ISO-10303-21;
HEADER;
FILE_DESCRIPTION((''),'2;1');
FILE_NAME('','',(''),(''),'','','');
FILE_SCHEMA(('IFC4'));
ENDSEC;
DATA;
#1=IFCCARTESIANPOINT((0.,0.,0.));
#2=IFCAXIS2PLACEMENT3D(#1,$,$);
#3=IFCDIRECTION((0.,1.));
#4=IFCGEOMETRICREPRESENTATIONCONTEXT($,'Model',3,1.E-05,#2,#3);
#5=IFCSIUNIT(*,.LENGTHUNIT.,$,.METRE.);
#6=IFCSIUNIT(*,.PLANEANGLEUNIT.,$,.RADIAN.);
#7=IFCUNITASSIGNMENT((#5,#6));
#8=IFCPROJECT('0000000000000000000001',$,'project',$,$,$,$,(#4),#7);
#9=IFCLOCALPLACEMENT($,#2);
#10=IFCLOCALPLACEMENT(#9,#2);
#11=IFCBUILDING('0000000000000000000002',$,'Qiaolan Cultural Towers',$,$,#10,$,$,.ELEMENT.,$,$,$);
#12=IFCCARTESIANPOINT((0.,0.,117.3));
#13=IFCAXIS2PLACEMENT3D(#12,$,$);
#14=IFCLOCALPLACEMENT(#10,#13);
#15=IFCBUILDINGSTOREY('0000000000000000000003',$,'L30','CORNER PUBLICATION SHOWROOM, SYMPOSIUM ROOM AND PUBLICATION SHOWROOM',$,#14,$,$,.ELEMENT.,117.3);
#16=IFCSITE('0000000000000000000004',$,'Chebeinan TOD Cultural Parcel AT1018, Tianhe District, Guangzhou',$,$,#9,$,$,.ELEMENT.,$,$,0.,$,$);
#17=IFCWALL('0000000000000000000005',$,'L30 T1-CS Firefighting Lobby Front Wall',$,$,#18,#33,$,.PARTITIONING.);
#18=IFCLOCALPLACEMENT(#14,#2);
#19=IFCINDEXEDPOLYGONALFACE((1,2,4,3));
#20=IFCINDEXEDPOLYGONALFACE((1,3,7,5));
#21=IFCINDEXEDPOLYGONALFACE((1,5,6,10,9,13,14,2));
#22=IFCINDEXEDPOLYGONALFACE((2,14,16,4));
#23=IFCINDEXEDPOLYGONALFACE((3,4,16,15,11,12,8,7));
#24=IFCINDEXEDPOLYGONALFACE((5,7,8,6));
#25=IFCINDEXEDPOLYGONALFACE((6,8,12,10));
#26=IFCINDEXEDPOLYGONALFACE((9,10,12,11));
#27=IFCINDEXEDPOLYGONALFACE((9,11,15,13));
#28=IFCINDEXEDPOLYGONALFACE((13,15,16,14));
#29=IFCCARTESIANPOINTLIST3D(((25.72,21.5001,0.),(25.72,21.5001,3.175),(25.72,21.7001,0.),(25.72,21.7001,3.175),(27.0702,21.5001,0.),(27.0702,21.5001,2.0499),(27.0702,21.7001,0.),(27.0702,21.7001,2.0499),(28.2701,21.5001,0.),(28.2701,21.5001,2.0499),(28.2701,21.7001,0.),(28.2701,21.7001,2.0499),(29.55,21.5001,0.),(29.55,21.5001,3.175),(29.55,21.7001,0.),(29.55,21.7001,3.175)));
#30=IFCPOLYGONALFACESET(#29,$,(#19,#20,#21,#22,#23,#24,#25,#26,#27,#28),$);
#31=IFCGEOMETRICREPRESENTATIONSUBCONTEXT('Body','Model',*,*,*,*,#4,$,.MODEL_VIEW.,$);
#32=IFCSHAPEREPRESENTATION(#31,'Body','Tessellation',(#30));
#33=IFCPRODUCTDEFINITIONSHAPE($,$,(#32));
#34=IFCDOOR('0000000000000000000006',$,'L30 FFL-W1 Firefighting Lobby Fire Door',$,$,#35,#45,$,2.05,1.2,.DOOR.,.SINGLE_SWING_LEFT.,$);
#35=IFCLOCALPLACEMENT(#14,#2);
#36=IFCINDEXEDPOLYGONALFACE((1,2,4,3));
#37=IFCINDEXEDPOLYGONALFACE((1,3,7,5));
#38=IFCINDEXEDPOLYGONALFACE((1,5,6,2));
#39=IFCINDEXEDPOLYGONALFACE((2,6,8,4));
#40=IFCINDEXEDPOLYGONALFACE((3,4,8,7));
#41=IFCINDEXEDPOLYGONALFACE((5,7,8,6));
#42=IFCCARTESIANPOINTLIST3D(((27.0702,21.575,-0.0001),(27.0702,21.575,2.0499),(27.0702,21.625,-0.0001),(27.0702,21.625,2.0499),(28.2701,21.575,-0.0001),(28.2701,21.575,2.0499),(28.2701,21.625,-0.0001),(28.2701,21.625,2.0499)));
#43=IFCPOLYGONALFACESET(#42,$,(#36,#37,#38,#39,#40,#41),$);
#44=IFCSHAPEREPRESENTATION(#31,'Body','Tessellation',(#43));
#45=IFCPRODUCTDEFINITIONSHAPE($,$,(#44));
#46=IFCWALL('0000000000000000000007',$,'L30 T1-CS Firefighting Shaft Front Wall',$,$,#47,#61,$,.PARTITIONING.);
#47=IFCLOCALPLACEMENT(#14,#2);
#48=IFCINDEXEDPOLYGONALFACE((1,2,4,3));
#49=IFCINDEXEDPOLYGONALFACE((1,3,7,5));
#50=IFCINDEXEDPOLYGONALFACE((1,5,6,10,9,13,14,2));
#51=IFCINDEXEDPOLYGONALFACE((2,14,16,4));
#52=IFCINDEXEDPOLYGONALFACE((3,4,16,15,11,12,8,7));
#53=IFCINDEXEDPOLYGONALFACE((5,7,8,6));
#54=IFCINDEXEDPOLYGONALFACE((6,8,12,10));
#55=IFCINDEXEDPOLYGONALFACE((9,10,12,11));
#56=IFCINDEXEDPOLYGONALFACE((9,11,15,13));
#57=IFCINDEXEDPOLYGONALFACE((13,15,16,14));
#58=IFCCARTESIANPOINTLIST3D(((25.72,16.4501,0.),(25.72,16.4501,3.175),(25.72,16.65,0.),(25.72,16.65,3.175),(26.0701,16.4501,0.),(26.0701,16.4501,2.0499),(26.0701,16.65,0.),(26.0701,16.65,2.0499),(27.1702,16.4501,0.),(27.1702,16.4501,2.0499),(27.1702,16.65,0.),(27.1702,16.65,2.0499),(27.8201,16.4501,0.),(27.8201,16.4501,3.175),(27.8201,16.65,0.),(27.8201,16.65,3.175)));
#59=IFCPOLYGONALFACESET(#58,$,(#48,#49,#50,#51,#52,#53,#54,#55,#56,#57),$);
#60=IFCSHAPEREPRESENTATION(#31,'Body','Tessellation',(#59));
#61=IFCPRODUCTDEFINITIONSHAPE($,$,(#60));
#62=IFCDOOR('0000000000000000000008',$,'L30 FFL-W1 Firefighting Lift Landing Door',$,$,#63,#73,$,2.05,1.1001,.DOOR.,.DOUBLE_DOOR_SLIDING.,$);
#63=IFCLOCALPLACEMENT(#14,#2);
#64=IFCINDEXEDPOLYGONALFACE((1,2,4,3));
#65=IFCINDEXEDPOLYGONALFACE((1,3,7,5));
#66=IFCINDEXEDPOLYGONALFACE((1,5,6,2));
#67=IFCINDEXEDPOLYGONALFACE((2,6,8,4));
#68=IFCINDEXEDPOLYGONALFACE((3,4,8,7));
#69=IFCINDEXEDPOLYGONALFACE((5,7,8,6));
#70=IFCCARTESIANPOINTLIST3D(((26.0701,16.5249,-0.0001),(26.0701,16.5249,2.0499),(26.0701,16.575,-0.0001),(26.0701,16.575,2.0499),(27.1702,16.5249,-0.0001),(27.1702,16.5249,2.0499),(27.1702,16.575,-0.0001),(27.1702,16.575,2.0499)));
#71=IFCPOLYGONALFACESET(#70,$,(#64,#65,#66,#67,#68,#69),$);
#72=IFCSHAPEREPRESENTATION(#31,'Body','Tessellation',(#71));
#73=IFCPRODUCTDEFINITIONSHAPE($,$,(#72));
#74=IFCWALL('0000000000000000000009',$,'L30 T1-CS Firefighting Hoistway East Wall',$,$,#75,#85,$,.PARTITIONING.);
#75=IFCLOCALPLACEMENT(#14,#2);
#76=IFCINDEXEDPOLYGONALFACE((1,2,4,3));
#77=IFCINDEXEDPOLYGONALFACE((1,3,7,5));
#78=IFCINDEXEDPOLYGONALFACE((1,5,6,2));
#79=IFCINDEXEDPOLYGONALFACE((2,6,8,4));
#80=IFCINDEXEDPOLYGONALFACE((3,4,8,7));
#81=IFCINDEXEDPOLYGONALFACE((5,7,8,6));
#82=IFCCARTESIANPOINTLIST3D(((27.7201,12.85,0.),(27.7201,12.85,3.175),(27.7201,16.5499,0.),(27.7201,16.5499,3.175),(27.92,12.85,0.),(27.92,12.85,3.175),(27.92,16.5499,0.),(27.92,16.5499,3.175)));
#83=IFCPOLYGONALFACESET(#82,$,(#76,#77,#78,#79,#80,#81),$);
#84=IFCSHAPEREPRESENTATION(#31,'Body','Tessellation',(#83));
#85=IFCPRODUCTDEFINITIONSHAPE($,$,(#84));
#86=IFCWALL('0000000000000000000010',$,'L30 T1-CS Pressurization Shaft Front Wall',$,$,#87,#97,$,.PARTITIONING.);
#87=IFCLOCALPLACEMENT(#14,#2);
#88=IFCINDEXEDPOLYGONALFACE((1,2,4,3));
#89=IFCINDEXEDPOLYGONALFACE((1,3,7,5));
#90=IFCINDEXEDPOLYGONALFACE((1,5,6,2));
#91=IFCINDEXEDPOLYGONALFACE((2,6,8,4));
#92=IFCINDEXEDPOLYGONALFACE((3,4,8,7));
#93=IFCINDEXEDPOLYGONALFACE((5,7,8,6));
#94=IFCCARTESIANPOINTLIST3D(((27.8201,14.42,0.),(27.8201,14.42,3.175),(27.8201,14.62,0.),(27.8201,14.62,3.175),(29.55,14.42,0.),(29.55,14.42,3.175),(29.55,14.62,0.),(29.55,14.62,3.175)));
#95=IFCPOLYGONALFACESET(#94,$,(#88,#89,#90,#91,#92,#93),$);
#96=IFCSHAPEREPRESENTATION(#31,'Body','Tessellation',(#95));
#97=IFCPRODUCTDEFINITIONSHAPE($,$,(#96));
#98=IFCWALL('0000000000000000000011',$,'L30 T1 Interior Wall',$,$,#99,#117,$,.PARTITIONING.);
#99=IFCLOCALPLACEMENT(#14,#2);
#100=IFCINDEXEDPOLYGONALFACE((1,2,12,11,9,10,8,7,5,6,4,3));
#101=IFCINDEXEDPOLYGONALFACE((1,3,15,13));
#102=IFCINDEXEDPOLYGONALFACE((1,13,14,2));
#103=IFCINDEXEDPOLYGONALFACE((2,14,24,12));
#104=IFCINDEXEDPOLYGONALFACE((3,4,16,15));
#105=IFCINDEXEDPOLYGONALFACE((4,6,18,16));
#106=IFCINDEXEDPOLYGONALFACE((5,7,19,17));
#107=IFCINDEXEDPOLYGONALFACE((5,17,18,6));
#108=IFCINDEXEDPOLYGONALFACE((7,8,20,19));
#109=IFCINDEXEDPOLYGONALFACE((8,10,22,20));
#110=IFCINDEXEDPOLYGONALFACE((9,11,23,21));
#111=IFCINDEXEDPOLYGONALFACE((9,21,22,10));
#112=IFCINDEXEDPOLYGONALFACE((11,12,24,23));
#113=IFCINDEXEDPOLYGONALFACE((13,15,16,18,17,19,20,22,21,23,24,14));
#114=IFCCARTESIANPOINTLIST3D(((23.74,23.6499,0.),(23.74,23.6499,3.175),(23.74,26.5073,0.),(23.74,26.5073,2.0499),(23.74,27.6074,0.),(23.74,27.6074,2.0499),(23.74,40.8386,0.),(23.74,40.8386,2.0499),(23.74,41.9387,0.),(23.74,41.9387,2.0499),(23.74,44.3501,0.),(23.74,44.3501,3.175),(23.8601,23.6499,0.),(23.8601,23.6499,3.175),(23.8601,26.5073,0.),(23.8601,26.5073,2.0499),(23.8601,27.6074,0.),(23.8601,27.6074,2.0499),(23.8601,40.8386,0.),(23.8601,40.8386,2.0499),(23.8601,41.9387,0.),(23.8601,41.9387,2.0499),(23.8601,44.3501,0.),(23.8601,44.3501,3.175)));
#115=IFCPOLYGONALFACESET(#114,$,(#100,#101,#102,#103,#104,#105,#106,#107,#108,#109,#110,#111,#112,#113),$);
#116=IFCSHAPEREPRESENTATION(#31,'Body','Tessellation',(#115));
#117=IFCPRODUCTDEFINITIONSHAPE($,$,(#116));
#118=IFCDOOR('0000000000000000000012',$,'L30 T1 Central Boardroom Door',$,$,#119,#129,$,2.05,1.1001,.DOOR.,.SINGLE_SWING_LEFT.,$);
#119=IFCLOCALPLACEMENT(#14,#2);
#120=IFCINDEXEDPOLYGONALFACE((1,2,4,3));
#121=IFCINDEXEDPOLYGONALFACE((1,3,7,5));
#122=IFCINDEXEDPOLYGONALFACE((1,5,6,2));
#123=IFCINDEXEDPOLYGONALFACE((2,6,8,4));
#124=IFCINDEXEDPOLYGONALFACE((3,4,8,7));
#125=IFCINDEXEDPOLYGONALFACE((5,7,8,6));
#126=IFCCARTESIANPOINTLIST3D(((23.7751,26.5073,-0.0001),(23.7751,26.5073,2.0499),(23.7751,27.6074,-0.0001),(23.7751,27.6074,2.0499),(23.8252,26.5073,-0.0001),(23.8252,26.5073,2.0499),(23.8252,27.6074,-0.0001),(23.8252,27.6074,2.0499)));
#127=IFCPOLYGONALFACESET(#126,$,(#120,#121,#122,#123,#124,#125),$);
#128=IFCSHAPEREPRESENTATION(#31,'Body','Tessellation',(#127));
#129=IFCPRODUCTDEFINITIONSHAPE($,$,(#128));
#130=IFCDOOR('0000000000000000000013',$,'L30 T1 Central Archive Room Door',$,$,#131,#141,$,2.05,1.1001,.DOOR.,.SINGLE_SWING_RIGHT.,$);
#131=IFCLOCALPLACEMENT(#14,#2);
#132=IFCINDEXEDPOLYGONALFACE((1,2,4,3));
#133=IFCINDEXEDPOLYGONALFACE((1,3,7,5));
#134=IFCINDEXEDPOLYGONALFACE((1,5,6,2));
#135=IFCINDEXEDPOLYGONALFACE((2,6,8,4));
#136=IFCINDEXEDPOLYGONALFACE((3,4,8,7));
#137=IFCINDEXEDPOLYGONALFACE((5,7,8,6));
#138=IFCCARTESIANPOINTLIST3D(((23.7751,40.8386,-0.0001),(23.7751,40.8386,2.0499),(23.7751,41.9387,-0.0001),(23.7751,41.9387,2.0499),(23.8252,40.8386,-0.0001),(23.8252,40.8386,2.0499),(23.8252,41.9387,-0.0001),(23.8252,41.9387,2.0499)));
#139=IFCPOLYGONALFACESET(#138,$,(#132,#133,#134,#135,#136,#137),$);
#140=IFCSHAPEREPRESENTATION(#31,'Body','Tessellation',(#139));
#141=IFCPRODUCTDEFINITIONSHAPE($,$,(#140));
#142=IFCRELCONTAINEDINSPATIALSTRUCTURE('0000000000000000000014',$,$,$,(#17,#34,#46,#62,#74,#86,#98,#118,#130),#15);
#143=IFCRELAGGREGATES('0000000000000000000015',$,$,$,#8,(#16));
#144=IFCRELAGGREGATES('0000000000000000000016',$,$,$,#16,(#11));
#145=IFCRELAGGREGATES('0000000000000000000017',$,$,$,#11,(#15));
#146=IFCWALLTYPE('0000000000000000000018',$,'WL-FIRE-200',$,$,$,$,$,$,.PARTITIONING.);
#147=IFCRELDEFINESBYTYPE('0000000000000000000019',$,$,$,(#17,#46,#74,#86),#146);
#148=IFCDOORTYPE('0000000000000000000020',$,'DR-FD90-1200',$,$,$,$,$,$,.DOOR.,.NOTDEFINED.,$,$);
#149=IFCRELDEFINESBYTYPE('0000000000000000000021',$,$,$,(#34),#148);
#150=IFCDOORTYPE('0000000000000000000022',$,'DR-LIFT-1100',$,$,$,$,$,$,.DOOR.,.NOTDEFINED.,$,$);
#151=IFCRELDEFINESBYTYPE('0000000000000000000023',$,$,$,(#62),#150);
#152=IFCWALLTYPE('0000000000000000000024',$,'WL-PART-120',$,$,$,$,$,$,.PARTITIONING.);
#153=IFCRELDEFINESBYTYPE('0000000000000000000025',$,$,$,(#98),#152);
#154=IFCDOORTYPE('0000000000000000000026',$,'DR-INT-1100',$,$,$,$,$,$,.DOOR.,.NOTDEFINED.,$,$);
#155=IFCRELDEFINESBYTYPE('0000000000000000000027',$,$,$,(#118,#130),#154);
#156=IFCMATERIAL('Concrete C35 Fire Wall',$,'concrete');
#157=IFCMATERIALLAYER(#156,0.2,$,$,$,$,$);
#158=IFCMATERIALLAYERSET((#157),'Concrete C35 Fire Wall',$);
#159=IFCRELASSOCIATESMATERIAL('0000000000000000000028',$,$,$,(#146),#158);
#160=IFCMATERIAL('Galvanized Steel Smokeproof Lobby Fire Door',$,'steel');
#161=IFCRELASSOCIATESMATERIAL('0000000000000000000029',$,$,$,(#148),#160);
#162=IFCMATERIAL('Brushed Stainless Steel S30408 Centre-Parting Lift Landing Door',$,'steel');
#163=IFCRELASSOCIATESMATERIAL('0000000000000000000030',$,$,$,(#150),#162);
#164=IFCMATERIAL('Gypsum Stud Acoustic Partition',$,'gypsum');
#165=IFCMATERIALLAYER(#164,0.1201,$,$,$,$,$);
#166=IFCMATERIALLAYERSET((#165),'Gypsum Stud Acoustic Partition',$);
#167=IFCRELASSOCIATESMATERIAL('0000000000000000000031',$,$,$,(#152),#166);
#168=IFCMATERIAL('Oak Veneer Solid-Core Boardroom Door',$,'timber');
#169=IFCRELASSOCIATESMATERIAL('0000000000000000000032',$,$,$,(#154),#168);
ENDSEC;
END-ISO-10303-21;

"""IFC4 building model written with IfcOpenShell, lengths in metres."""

from ifc_helpers import new_model, si_unit, direction, frame, frame_2d, origin, place, context, subcontext, project, spatial, rectangle, extrude, material, layer, layer_set, type_object, element, fill, save


model = new_model("IFC4")

# Units and contexts
model_context = context("Model", 3, precision=1e-05, world=origin(), true_north=direction((0.0, 1.0)))
body_context = subcontext(model_context, "Body", "Model", "MODEL_VIEW")
ifc_project = project(units=[si_unit("LENGTHUNIT", "METRE"), si_unit("PLANEANGLEUNIT", "RADIAN")], contexts=[model_context])

# Site, building, storey
site_placement = place(None, origin())
site = spatial("IfcSite", under=ifc_project, at=site_placement, Name="Chebeinan TOD Cultural Parcel AT1018, Tianhe District, Guangzhou", CompositionType="ELEMENT", RefElevation=0.0)
building_placement = place(site_placement, origin())
building = spatial("IfcBuilding", under=site, at=building_placement, Name="Qiaolan Cultural Towers", CompositionType="ELEMENT")
storey_placement = place(building_placement, frame((0.0, 0.0, 117.3)))
storey = spatial("IfcBuildingStorey", under=building, at=storey_placement, Name="L30", Description="CORNER PUBLICATION SHOWROOM, SYMPOSIUM ROOM AND PUBLICATION SHOWROOM", CompositionType="ELEMENT", Elevation=117.3)

# Shared definitions
ifc_material_1 = material(Name="Concrete C35 Fire Wall", Category="concrete")
ifc_layer_1 = layer(ifc_material_1, 0.2)
ifc_layer_set_1 = layer_set([ifc_layer_1], Name="Concrete C35 Fire Wall")
wall_type_1 = type_object("IfcWallType", Name="WL-FIRE-200", PredefinedType="PARTITIONING", material=ifc_layer_set_1)

# Walls, openings, doors
wall_1_placement = place(storey_placement, frame((25.72, 21.6001, 0.0), z_axis=(0.0, 0.0, 1.0), x_axis=(1.0, 0.0, 0.0)))
wall_1 = element("IfcWall", 1, at=wall_1_placement, inside=storey, type_object=wall_type_1, Name="L30 T1-CS Firefighting Lobby Front Wall", PredefinedType="PARTITIONING", context=body_context, shape_type="SweptSolid", body=[
    extrude(rectangle(XDim=3.8301, YDim=0.2, at=frame_2d((1.915, 0.0))), origin(), (0.0, 0.0, 1.0), 3.175),
])
opening_1_placement = place(wall_1_placement, frame((1.3501, 0.0, 0.0)))
opening_1 = element("IfcOpeningElement", 2, at=opening_1_placement, cuts=wall_1, PredefinedType="OPENING", context=body_context, shape_type="SweptSolid", body=[
    extrude(rectangle(XDim=1.2, YDim=2.05, at=frame_2d((0.6001, 1.0249))), frame((0.0, 0.1099, 0.0), z_axis=(0.0, -1.0, 0.0), x_axis=(1.0, 0.0, 0.0)), (0.0, 0.0, 1.0), 0.22),
])
ifc_material_2 = material(Name="Galvanized Steel Smokeproof Lobby Fire Door", Category="steel")
door_type_1 = type_object("IfcDoorType", Name="DR-FD90-1200", OperationType="NOTDEFINED", PredefinedType="DOOR", material=ifc_material_2)
door_1_placement = place(opening_1_placement, origin())
door_1 = element("IfcDoor", 3, at=door_1_placement, inside=storey, type_object=door_type_1, Name="L30 FFL-W1 Firefighting Lobby Fire Door", OperationType="SINGLE_SWING_LEFT", OverallHeight=2.05, OverallWidth=1.2, PredefinedType="DOOR", context=body_context, shape_type="SweptSolid", body=[
    extrude(rectangle(XDim=1.2, YDim=2.05, at=frame_2d((0.6001, 1.0249))), frame((0.0, 0.0249, 0.0), z_axis=(0.0, -1.0, 0.0), x_axis=(1.0, 0.0, 0.0)), (0.0, 0.0, 1.0), 0.05),
])
fill(opening_1, door_1)
wall_2_placement = place(storey_placement, frame((25.72, 16.55, 0.0), z_axis=(0.0, 0.0, 1.0), x_axis=(1.0, 0.0, 0.0)))
wall_2 = element("IfcWall", 4, at=wall_2_placement, inside=storey, type_object=wall_type_1, Name="L30 T1-CS Firefighting Shaft Front Wall", PredefinedType="PARTITIONING", context=body_context, shape_type="SweptSolid", body=[
    extrude(rectangle(XDim=2.1001, YDim=0.2, at=frame_2d((1.05, 0.0))), origin(), (0.0, 0.0, 1.0), 3.175),
])
opening_2_placement = place(wall_2_placement, frame((0.3501, 0.0, 0.0)))
opening_2 = element("IfcOpeningElement", 5, at=opening_2_placement, cuts=wall_2, PredefinedType="OPENING", context=body_context, shape_type="SweptSolid", body=[
    extrude(rectangle(XDim=1.1001, YDim=2.05, at=frame_2d((0.55, 1.0249))), frame((0.0, 0.1099, 0.0), z_axis=(0.0, -1.0, 0.0), x_axis=(1.0, 0.0, 0.0)), (0.0, 0.0, 1.0), 0.22),
])
ifc_material_3 = material(Name="Brushed Stainless Steel S30408 Centre-Parting Lift Landing Door", Category="steel")
door_type_2 = type_object("IfcDoorType", Name="DR-LIFT-1100", OperationType="NOTDEFINED", PredefinedType="DOOR", material=ifc_material_3)
door_2_placement = place(opening_2_placement, origin())
door_2 = element("IfcDoor", 6, at=door_2_placement, inside=storey, type_object=door_type_2, Name="L30 FFL-W1 Firefighting Lift Landing Door", OperationType="DOUBLE_DOOR_SLIDING", OverallHeight=2.05, OverallWidth=1.1001, PredefinedType="DOOR", context=body_context, shape_type="SweptSolid", body=[
    extrude(rectangle(XDim=1.1001, YDim=2.05, at=frame_2d((0.55, 1.0249))), frame((0.0, 0.0249, 0.0), z_axis=(0.0, -1.0, 0.0), x_axis=(1.0, 0.0, 0.0)), (0.0, 0.0, 1.0), 0.05),
])
fill(opening_2, door_2)

# Walls
wall_3_placement = place(storey_placement, frame((27.8201, 16.55, 0.0), z_axis=(0.0, 0.0, 1.0), x_axis=(0.0, -1.0, 0.0)))
element("IfcWall", 7, at=wall_3_placement, inside=storey, type_object=wall_type_1, Name="L30 T1-CS Firefighting Hoistway East Wall", PredefinedType="PARTITIONING", context=body_context, shape_type="SweptSolid", body=[
    extrude(rectangle(XDim=3.7, YDim=0.2, at=frame_2d((1.8501, 0.0))), origin(), (0.0, 0.0, 1.0), 3.175),
])
wall_4_placement = place(storey_placement, frame((27.8201, 14.52, 0.0), z_axis=(0.0, 0.0, 1.0), x_axis=(1.0, 0.0, 0.0)))
element("IfcWall", 8, at=wall_4_placement, inside=storey, type_object=wall_type_1, Name="L30 T1-CS Pressurization Shaft Front Wall", PredefinedType="PARTITIONING", context=body_context, shape_type="SweptSolid", body=[
    extrude(rectangle(XDim=1.73, YDim=0.2, at=frame_2d((0.865, 0.0))), origin(), (0.0, 0.0, 1.0), 3.175),
])

# Wall, openings, doors
ifc_material_4 = material(Name="Gypsum Stud Acoustic Partition", Category="gypsum")
ifc_layer_2 = layer(ifc_material_4, 0.1201)
ifc_layer_set_2 = layer_set([ifc_layer_2], Name="Gypsum Stud Acoustic Partition")
wall_type_2 = type_object("IfcWallType", Name="WL-PART-120", PredefinedType="PARTITIONING", material=ifc_layer_set_2)
wall_5_placement = place(storey_placement, frame((23.8, 23.6499, 0.0), z_axis=(0.0, 0.0, 1.0), x_axis=(0.0, 1.0, 0.0)))
wall_5 = element("IfcWall", 9, at=wall_5_placement, inside=storey, type_object=wall_type_2, Name="L30 T1 Interior Wall", PredefinedType="PARTITIONING", context=body_context, shape_type="SweptSolid", body=[
    extrude(rectangle(XDim=20.7002, YDim=0.1201, at=frame_2d((10.3501, 0.0))), origin(), (0.0, 0.0, 1.0), 3.175),
])
opening_3_placement = place(wall_5_placement, frame((2.8574, 0.0, 0.0)))
opening_3 = element("IfcOpeningElement", 10, at=opening_3_placement, cuts=wall_5, PredefinedType="OPENING", context=body_context, shape_type="SweptSolid", body=[
    extrude(rectangle(XDim=1.1001, YDim=2.05, at=frame_2d((0.55, 1.0249))), frame((0.0, 0.0701, 0.0), z_axis=(0.0, -1.0, 0.0), x_axis=(1.0, 0.0, 0.0)), (0.0, 0.0, 1.0), 0.1401),
])
opening_4_placement = place(wall_5_placement, frame((17.1887, 0.0, 0.0)))
opening_4 = element("IfcOpeningElement", 11, at=opening_4_placement, cuts=wall_5, PredefinedType="OPENING", context=body_context, shape_type="SweptSolid", body=[
    extrude(rectangle(XDim=1.1001, YDim=2.05, at=frame_2d((0.55, 1.0249))), frame((0.0, 0.0701, 0.0), z_axis=(0.0, -1.0, 0.0), x_axis=(1.0, 0.0, 0.0)), (0.0, 0.0, 1.0), 0.1401),
])
ifc_material_5 = material(Name="Oak Veneer Solid-Core Boardroom Door", Category="timber")
door_type_3 = type_object("IfcDoorType", Name="DR-INT-1100", OperationType="NOTDEFINED", PredefinedType="DOOR", material=ifc_material_5)
door_3_placement = place(opening_3_placement, origin())
door_3 = element("IfcDoor", 12, at=door_3_placement, inside=storey, type_object=door_type_3, Name="L30 T1 Central Boardroom Door", OperationType="SINGLE_SWING_LEFT", OverallHeight=2.05, OverallWidth=1.1001, PredefinedType="DOOR", context=body_context, shape_type="SweptSolid", body=[
    extrude(rectangle(XDim=1.1001, YDim=2.05, at=frame_2d((0.55, 1.0249))), frame((0.0, 0.0249, 0.0), z_axis=(0.0, -1.0, 0.0), x_axis=(1.0, 0.0, 0.0)), (0.0, 0.0, 1.0), 0.05),
])
fill(opening_3, door_3)
door_4_placement = place(opening_4_placement, origin())
door_4 = element("IfcDoor", 13, at=door_4_placement, inside=storey, type_object=door_type_3, Name="L30 T1 Central Archive Room Door", OperationType="SINGLE_SWING_RIGHT", OverallHeight=2.05, OverallWidth=1.1001, PredefinedType="DOOR", context=body_context, shape_type="SweptSolid", body=[
    extrude(rectangle(XDim=1.1001, YDim=2.05, at=frame_2d((0.55, 1.0249))), frame((0.0, 0.0249, 0.0), z_axis=(0.0, -1.0, 0.0), x_axis=(1.0, 0.0, 0.0)), (0.0, 0.0, 1.0), 0.05),
])
fill(opening_4, door_4)

save(model, "model.ifc")
